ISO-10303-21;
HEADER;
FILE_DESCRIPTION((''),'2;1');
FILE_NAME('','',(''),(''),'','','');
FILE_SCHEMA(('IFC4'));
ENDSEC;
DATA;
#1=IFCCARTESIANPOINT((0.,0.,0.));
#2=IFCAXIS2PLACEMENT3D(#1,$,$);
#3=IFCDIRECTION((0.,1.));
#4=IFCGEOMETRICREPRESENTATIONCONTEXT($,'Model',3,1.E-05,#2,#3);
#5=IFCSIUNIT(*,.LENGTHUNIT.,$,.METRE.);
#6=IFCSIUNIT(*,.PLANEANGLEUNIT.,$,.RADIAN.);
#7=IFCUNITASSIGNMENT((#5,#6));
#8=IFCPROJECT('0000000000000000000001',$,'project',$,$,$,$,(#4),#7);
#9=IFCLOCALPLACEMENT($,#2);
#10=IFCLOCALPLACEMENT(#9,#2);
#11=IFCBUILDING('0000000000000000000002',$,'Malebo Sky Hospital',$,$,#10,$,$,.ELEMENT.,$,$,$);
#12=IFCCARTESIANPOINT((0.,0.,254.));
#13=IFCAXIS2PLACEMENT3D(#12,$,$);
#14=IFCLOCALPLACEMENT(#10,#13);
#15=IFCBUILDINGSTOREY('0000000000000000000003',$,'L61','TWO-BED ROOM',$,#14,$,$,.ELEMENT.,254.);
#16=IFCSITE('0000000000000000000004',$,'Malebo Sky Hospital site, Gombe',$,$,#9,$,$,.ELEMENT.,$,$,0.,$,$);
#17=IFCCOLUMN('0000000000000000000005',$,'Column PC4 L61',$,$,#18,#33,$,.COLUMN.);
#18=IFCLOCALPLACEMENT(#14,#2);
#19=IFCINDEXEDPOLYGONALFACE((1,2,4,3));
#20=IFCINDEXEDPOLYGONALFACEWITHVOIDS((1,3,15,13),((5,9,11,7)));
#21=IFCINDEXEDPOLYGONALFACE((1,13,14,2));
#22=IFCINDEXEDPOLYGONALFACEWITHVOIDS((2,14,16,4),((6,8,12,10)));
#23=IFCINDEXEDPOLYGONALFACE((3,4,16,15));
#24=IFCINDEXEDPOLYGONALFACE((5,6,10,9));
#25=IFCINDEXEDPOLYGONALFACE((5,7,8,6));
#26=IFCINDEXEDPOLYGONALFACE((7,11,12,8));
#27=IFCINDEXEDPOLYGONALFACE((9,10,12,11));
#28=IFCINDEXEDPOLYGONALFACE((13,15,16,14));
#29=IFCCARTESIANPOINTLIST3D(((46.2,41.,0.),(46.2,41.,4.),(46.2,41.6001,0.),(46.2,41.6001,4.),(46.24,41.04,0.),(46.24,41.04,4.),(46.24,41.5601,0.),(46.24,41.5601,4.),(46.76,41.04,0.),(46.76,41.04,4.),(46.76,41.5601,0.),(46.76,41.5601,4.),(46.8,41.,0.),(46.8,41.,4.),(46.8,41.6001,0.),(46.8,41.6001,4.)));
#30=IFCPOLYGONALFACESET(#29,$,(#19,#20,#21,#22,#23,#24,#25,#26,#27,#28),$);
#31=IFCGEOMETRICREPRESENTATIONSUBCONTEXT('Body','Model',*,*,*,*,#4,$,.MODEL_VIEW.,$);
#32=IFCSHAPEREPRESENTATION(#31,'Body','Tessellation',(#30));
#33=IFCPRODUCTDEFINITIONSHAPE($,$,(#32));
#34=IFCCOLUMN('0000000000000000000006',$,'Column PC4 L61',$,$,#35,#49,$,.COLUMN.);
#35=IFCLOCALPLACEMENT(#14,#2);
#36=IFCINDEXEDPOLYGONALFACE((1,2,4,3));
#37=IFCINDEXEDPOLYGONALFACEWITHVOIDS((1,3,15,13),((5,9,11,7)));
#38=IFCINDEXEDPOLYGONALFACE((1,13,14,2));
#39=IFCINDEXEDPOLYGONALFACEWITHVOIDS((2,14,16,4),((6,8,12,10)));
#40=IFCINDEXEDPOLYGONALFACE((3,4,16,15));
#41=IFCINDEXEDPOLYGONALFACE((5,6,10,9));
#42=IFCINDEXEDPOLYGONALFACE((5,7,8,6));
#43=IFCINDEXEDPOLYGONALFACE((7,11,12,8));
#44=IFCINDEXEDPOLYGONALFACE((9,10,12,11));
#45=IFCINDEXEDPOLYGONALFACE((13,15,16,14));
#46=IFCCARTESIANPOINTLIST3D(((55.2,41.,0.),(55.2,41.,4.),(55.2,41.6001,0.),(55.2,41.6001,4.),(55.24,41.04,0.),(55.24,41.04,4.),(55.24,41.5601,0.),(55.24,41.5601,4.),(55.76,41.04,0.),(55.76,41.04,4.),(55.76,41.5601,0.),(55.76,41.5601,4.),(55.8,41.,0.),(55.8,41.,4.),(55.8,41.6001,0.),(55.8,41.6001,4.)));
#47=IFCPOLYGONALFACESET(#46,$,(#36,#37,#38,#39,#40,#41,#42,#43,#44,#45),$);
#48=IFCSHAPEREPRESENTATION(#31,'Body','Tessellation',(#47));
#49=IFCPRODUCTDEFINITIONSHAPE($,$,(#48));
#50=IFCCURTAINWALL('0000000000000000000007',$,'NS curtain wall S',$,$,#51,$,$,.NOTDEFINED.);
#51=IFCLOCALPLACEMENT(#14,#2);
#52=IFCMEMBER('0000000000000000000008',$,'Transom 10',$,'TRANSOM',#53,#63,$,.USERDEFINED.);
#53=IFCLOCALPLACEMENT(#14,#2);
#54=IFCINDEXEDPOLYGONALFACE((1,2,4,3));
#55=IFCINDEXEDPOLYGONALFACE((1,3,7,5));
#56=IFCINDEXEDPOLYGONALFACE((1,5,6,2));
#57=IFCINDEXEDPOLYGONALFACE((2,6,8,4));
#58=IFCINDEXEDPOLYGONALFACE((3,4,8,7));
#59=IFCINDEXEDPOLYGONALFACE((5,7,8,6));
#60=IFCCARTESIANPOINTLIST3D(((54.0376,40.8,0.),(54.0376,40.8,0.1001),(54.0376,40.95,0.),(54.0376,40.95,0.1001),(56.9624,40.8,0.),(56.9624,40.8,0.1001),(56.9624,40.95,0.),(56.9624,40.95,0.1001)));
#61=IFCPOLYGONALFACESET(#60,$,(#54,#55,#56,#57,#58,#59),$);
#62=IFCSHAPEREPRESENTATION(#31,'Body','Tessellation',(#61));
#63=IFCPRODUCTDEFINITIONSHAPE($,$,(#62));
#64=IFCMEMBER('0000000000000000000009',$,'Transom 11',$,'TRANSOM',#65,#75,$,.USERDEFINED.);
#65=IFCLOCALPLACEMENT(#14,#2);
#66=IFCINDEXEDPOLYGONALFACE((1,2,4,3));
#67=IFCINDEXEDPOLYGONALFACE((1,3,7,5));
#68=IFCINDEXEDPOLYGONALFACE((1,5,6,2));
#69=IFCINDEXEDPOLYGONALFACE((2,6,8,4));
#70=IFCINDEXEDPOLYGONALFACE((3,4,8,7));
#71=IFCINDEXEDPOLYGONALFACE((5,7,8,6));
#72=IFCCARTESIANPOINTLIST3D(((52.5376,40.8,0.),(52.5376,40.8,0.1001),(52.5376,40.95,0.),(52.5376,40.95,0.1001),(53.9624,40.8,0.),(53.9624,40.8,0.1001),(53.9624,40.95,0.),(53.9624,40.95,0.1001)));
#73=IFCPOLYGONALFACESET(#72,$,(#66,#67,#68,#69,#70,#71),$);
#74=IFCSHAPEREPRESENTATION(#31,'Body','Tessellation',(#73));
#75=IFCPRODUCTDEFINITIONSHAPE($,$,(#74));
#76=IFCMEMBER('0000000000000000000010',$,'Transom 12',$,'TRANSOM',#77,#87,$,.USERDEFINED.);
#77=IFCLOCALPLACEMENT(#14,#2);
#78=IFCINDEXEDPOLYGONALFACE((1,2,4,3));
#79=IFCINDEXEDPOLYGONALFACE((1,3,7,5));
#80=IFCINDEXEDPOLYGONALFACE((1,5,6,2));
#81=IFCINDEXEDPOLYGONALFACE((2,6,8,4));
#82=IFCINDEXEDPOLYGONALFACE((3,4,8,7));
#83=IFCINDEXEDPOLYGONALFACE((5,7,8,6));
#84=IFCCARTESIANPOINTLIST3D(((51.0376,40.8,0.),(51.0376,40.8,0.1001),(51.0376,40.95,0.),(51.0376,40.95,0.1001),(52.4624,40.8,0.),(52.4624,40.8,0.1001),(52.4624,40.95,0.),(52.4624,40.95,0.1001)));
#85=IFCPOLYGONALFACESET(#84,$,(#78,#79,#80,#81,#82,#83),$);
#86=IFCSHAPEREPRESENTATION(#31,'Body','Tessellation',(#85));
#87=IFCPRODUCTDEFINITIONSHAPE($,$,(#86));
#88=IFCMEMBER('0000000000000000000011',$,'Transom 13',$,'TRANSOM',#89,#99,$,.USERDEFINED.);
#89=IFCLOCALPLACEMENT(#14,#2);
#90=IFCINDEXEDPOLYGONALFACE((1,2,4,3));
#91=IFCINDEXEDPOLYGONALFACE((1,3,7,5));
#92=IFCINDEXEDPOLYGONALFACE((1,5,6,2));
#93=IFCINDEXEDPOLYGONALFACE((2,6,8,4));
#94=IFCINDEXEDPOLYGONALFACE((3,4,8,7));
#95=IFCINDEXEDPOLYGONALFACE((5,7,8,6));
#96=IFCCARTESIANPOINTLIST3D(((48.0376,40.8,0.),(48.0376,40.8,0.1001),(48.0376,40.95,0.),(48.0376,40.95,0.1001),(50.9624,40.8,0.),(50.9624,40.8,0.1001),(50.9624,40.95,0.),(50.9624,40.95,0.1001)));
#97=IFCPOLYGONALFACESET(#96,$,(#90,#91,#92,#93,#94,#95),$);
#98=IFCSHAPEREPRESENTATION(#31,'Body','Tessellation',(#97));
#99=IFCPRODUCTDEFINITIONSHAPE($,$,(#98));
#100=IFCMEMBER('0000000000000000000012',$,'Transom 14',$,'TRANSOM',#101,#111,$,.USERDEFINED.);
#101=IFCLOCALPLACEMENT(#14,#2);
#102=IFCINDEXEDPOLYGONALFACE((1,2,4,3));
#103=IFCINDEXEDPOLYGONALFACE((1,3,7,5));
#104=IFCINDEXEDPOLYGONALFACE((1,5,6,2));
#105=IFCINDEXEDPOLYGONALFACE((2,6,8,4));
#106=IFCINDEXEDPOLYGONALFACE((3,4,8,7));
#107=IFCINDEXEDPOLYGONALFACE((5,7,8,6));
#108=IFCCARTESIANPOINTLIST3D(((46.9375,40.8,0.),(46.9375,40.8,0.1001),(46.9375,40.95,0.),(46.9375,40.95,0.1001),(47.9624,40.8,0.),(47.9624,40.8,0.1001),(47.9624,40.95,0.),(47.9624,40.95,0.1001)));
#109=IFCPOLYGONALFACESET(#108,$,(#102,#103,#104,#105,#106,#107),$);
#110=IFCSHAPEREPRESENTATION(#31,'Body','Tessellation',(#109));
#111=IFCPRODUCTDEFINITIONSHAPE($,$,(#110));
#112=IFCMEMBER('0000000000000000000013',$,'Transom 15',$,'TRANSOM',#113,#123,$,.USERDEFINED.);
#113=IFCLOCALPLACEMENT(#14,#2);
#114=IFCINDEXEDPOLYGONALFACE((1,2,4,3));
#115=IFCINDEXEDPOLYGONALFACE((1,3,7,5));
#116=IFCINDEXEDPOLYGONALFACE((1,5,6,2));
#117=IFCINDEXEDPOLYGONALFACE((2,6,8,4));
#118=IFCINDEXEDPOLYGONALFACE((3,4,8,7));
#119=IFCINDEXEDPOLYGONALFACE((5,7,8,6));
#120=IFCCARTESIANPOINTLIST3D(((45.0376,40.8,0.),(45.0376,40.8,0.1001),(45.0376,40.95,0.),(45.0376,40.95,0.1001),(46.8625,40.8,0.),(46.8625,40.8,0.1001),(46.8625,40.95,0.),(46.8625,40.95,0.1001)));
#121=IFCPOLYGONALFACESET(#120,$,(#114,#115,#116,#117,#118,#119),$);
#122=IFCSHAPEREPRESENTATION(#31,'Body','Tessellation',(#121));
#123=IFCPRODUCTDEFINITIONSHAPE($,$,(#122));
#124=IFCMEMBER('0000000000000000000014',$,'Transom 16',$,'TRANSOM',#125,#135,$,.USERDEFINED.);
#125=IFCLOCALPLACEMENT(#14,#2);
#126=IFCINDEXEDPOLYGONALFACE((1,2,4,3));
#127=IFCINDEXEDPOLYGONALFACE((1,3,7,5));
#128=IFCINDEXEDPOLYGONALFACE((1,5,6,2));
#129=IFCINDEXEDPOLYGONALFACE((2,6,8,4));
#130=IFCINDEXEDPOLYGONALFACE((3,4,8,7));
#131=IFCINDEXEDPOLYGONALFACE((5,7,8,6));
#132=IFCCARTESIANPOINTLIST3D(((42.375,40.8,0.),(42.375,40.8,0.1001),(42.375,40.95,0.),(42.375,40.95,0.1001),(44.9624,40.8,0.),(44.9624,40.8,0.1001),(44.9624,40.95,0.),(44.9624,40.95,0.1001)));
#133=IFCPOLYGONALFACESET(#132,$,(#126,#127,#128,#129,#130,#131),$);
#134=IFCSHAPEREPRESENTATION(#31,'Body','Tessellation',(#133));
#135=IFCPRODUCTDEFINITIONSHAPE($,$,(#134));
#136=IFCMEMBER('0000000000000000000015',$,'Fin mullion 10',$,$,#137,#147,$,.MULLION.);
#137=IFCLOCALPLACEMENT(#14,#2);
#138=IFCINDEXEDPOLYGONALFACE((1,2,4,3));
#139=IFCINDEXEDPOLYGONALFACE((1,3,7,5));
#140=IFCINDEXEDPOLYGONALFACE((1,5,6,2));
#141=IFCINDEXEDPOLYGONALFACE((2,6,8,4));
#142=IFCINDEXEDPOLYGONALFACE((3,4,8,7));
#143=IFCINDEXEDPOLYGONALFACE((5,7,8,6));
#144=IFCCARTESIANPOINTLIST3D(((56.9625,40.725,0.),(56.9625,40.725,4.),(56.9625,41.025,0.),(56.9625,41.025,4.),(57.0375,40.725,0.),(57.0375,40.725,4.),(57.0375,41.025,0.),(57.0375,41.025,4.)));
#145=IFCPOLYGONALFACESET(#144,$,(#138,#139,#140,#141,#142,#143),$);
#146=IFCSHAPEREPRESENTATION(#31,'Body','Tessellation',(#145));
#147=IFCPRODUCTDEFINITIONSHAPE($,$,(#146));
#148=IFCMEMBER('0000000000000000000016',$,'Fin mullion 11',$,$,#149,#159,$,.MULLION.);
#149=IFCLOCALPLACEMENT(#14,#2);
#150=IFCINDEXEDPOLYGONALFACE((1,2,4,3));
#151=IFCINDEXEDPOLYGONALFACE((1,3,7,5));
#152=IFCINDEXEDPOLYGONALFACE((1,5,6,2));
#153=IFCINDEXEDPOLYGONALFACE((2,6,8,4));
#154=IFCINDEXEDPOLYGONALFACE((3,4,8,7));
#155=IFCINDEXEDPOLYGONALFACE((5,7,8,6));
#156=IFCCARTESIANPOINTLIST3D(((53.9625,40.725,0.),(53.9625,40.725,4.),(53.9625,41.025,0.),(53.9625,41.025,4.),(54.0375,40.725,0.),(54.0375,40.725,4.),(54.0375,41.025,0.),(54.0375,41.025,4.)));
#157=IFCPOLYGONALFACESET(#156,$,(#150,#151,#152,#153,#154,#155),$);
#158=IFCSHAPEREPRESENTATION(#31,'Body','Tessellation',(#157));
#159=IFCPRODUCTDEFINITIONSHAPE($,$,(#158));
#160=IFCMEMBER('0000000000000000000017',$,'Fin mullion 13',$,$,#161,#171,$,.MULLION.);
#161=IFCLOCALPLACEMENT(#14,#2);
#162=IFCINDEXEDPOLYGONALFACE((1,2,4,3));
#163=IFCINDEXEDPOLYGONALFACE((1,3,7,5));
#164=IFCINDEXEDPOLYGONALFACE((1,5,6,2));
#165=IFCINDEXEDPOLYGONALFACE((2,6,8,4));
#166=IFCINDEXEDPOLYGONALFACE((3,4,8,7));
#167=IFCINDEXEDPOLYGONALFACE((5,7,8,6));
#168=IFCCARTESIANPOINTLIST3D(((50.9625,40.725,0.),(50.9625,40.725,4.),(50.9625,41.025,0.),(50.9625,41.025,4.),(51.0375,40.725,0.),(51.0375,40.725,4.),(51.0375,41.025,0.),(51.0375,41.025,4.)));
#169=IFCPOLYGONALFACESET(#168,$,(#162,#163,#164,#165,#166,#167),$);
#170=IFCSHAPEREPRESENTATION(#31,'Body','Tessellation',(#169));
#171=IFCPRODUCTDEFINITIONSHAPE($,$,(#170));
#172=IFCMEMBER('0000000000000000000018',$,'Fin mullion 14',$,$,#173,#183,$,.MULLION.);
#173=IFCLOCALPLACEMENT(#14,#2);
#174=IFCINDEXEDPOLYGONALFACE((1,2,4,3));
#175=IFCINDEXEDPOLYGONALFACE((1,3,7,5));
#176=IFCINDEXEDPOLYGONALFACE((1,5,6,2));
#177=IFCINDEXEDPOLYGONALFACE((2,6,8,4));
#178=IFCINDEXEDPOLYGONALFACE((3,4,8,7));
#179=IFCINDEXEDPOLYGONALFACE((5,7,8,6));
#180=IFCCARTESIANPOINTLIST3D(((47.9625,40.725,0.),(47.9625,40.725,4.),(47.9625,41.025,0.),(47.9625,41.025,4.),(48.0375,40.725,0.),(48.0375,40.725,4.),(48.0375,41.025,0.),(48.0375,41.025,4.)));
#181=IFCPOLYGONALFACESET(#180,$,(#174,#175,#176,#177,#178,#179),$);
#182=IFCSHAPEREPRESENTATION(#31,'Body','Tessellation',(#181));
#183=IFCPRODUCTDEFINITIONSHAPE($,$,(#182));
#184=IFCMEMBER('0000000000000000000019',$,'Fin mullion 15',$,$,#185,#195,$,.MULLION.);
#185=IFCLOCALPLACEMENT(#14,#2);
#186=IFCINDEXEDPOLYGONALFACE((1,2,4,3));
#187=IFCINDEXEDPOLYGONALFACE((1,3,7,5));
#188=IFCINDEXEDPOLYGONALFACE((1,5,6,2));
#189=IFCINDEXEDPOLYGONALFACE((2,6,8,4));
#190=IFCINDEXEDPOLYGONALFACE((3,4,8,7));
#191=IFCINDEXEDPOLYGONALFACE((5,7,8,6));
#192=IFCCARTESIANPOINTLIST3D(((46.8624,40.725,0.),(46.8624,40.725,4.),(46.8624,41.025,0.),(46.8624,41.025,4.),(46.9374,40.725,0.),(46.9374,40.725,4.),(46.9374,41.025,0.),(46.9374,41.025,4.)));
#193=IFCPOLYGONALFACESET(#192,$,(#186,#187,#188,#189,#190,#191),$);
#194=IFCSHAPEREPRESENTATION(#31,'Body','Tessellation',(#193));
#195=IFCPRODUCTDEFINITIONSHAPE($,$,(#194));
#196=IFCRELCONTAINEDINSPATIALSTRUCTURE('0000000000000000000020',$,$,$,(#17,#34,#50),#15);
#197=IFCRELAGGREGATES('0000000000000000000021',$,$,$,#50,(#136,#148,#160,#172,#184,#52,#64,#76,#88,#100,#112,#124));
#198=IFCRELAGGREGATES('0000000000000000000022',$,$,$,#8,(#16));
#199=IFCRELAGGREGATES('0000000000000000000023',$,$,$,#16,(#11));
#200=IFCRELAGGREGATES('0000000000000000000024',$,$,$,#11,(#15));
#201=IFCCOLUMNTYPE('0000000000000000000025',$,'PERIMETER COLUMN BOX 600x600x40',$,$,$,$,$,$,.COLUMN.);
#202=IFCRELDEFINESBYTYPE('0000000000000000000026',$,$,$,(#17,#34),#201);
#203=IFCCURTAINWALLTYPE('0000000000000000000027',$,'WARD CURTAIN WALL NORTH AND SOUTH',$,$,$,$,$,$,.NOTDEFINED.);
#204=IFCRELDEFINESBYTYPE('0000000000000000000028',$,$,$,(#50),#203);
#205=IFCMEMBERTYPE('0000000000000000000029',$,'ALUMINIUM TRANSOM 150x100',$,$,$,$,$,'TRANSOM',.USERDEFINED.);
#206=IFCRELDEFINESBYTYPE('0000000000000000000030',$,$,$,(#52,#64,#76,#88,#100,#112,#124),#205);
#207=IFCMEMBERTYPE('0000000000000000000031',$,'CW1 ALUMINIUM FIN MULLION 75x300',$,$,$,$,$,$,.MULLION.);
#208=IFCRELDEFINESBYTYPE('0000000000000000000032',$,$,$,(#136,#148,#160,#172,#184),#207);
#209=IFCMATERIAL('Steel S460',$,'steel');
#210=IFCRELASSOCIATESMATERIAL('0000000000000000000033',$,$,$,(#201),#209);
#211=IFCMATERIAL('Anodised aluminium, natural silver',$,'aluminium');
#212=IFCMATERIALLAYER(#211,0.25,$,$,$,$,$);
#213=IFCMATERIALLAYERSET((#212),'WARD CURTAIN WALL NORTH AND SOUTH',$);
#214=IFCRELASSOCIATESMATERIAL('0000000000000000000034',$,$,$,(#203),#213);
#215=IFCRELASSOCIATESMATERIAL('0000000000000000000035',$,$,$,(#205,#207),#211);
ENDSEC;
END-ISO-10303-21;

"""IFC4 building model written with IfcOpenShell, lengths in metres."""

from ifc_helpers import new_model, si_unit, direction, frame, origin, origin_2d, place, context, subcontext, project, spatial, rectangle, hollow_rectangle, extrude, material, layer, layer_set, material_profile, profile_set, type_object, element, aggregate, save


model = new_model("IFC4")

# Units and contexts
model_context = context("Model", 3, precision=1e-05, world=origin(), true_north=direction((0.0, 1.0)))
body_context = subcontext(model_context, "Body", "Model", "MODEL_VIEW")
ifc_project = project(units=[si_unit("LENGTHUNIT", "METRE"), si_unit("PLANEANGLEUNIT", "RADIAN")], contexts=[model_context])

# Site, building, storey
site_placement = place(None, origin())
site = spatial("IfcSite", under=ifc_project, at=site_placement, Name="Malebo Sky Hospital site, Gombe", CompositionType="ELEMENT", RefElevation=0.0)
building_placement = place(site_placement, origin())
building = spatial("IfcBuilding", under=site, at=building_placement, Name="Malebo Sky Hospital", CompositionType="ELEMENT")
storey_placement = place(building_placement, frame((0.0, 0.0, 254.0)))
storey = spatial("IfcBuildingStorey", under=building, at=storey_placement, Name="L61", Description="TWO-BED ROOM", CompositionType="ELEMENT", Elevation=254.0)

# Columns
ifc_material_1 = material(Name="Steel S460", Category="steel")
ifc_material_profile_1 = material_profile(ifc_material_1, hollow_rectangle(XDim=0.6001, YDim=0.6001, WallThickness=0.04, at=origin_2d()), Name="BOX 600x600x40")
ifc_profile_set_1 = profile_set([ifc_material_profile_1], Name="Steel S460")
column_type = type_object("IfcColumnType", Name="PERIMETER COLUMN BOX 600x600x40", PredefinedType="COLUMN", material=ifc_profile_set_1)
for number, where, z_axis, x_axis, name in (
    (1, (46.5, 41.3, 0.0), (0.0, 0.0, 1.0), (1.0, 0.0, 0.0), "Column PC4 L61"),
    (2, (55.5, 41.3, 0.0), (0.0, 0.0, 1.0), (1.0, 0.0, 0.0), "Column PC4 L61"),
):
    element("IfcColumn", number, at=place(storey_placement, frame(where, z_axis=z_axis, x_axis=x_axis)), inside=storey, type_object=column_type, Name=name, PredefinedType="COLUMN", context=body_context, shape_type="SweptSolid", body=[
        extrude(hollow_rectangle(XDim=0.6001, YDim=0.6001, WallThickness=0.04, at=origin_2d()), origin(), (0.0, 0.0, 1.0), 4.0),
    ])

# Curtain wall, members
ifc_material_2 = material(Name="Anodised aluminium, natural silver", Category="aluminium")
ifc_layer_1 = layer(ifc_material_2, 0.25)
ifc_layer_set_1 = layer_set([ifc_layer_1], Name="WARD CURTAIN WALL NORTH AND SOUTH")
curtain_wall_type = type_object("IfcCurtainWallType", Name="WARD CURTAIN WALL NORTH AND SOUTH", PredefinedType="NOTDEFINED", material=ifc_layer_set_1)
curtain_wall_placement = place(storey_placement, origin())
curtain_wall = element("IfcCurtainWall", 3, at=curtain_wall_placement, inside=storey, type_object=curtain_wall_type, Name="NS curtain wall S", PredefinedType="NOTDEFINED")
ifc_material_profile_2 = material_profile(ifc_material_2, rectangle(XDim=0.1499, YDim=0.1001, at=origin_2d()), Name="ALUMINIUM TRANSOM 150x100")
ifc_profile_set_2 = profile_set([ifc_material_profile_2], Name="Anodised aluminium, natural silver")
member_type_1 = type_object("IfcMemberType", Name="ALUMINIUM TRANSOM 150x100", ElementType="TRANSOM", PredefinedType="USERDEFINED", material=ifc_profile_set_2)
member_1_placement = place(storey_placement, frame((56.9624, 40.875, 0.05), z_axis=(-1.0, 0.0, 0.0), x_axis=(0.0, -1.0, 0.0)))
member_1 = element("IfcMember", 4, at=member_1_placement, type_object=member_type_1, Name="Transom 10", ObjectType="TRANSOM", PredefinedType="USERDEFINED", context=body_context, shape_type="SweptSolid", body=[
    extrude(rectangle(XDim=0.1499, YDim=0.1001, at=origin_2d()), origin(), (0.0, 0.0, 1.0), 2.9248),
])
member_2_placement = place(storey_placement, frame((53.9624, 40.875, 0.05), z_axis=(-1.0, 0.0, 0.0), x_axis=(0.0, -1.0, 0.0)))
member_2 = element("IfcMember", 5, at=member_2_placement, type_object=member_type_1, Name="Transom 11", ObjectType="TRANSOM", PredefinedType="USERDEFINED", context=body_context, shape_type="SweptSolid", body=[
    extrude(rectangle(XDim=0.1499, YDim=0.1001, at=origin_2d()), origin(), (0.0, 0.0, 1.0), 1.4248),
])
member_3_placement = place(storey_placement, frame((52.4624, 40.875, 0.05), z_axis=(-1.0, 0.0, 0.0), x_axis=(0.0, -1.0, 0.0)))
member_3 = element("IfcMember", 6, at=member_3_placement, type_object=member_type_1, Name="Transom 12", ObjectType="TRANSOM", PredefinedType="USERDEFINED", context=body_context, shape_type="SweptSolid", body=[
    extrude(rectangle(XDim=0.1499, YDim=0.1001, at=origin_2d()), origin(), (0.0, 0.0, 1.0), 1.4248),
])
member_4_placement = place(storey_placement, frame((50.9624, 40.875, 0.05), z_axis=(-1.0, 0.0, 0.0), x_axis=(0.0, -1.0, 0.0)))
member_4 = element("IfcMember", 7, at=member_4_placement, type_object=member_type_1, Name="Transom 13", ObjectType="TRANSOM", PredefinedType="USERDEFINED", context=body_context, shape_type="SweptSolid", body=[
    extrude(rectangle(XDim=0.1499, YDim=0.1001, at=origin_2d()), origin(), (0.0, 0.0, 1.0), 2.9248),
])
member_5_placement = place(storey_placement, frame((47.9624, 40.875, 0.05), z_axis=(-1.0, 0.0, 0.0), x_axis=(0.0, -1.0, 0.0)))
member_5 = element("IfcMember", 8, at=member_5_placement, type_object=member_type_1, Name="Transom 14", ObjectType="TRANSOM", PredefinedType="USERDEFINED", context=body_context, shape_type="SweptSolid", body=[
    extrude(rectangle(XDim=0.1499, YDim=0.1001, at=origin_2d()), origin(), (0.0, 0.0, 1.0), 1.0249),
])
member_6_placement = place(storey_placement, frame((46.8625, 40.875, 0.05), z_axis=(-1.0, 0.0, 0.0), x_axis=(0.0, -1.0, 0.0)))
member_6 = element("IfcMember", 9, at=member_6_placement, type_object=member_type_1, Name="Transom 15", ObjectType="TRANSOM", PredefinedType="USERDEFINED", context=body_context, shape_type="SweptSolid", body=[
    extrude(rectangle(XDim=0.1499, YDim=0.1001, at=origin_2d()), origin(), (0.0, 0.0, 1.0), 1.825),
])
member_7_placement = place(storey_placement, frame((44.9624, 40.875, 0.05), z_axis=(-1.0, 0.0, 0.0), x_axis=(0.0, -1.0, 0.0)))
member_7 = element("IfcMember", 10, at=member_7_placement, type_object=member_type_1, Name="Transom 16", ObjectType="TRANSOM", PredefinedType="USERDEFINED", context=body_context, shape_type="SweptSolid", body=[
    extrude(rectangle(XDim=0.1499, YDim=0.1001, at=origin_2d()), origin(), (0.0, 0.0, 1.0), 2.5874),
])
ifc_material_profile_3 = material_profile(ifc_material_2, rectangle(XDim=0.075, YDim=0.3, at=origin_2d()), Name="CW1 ALUMINIUM FIN MULLION 75x300")
ifc_profile_set_3 = profile_set([ifc_material_profile_3], Name="Anodised aluminium, natural silver")
member_type_2 = type_object("IfcMemberType", Name="CW1 ALUMINIUM FIN MULLION 75x300", PredefinedType="MULLION", material=ifc_profile_set_3)
member_8_placement = place(storey_placement, frame((57.0, 40.875, 0.0), z_axis=(0.0, 0.0, 1.0), x_axis=(-1.0, 0.0, 0.0)))
member_8 = element("IfcMember", 11, at=member_8_placement, type_object=member_type_2, Name="Fin mullion 10", PredefinedType="MULLION", context=body_context, shape_type="SweptSolid", body=[
    extrude(rectangle(XDim=0.075, YDim=0.3, at=origin_2d()), origin(), (0.0, 0.0, 1.0), 4.0),
])
member_9_placement = place(storey_placement, frame((54.0, 40.875, 0.0), z_axis=(0.0, 0.0, 1.0), x_axis=(-1.0, 0.0, 0.0)))
member_9 = element("IfcMember", 12, at=member_9_placement, type_object=member_type_2, Name="Fin mullion 11", PredefinedType="MULLION", context=body_context, shape_type="SweptSolid", body=[
    extrude(rectangle(XDim=0.075, YDim=0.3, at=origin_2d()), origin(), (0.0, 0.0, 1.0), 4.0),
])
member_10_placement = place(storey_placement, frame((51.0, 40.875, 0.0), z_axis=(0.0, 0.0, 1.0), x_axis=(-1.0, 0.0, 0.0)))
member_10 = element("IfcMember", 13, at=member_10_placement, type_object=member_type_2, Name="Fin mullion 13", PredefinedType="MULLION", context=body_context, shape_type="SweptSolid", body=[
    extrude(rectangle(XDim=0.075, YDim=0.3, at=origin_2d()), origin(), (0.0, 0.0, 1.0), 4.0),
])
member_11_placement = place(storey_placement, frame((48.0, 40.875, 0.0), z_axis=(0.0, 0.0, 1.0), x_axis=(-1.0, 0.0, 0.0)))
member_11 = element("IfcMember", 14, at=member_11_placement, type_object=member_type_2, Name="Fin mullion 14", PredefinedType="MULLION", context=body_context, shape_type="SweptSolid", body=[
    extrude(rectangle(XDim=0.075, YDim=0.3, at=origin_2d()), origin(), (0.0, 0.0, 1.0), 4.0),
])
member_12_placement = place(storey_placement, frame((46.8999, 40.875, 0.0), z_axis=(0.0, 0.0, 1.0), x_axis=(-1.0, 0.0, 0.0)))
member_12 = element("IfcMember", 15, at=member_12_placement, type_object=member_type_2, Name="Fin mullion 15", PredefinedType="MULLION", context=body_context, shape_type="SweptSolid", body=[
    extrude(rectangle(XDim=0.075, YDim=0.3, at=origin_2d()), origin(), (0.0, 0.0, 1.0), 4.0),
])

aggregate(curtain_wall, [member_8, member_9, member_10, member_11, member_12, member_1, member_2, member_3, member_4, member_5, member_6, member_7])

save(model, "model.ifc")
